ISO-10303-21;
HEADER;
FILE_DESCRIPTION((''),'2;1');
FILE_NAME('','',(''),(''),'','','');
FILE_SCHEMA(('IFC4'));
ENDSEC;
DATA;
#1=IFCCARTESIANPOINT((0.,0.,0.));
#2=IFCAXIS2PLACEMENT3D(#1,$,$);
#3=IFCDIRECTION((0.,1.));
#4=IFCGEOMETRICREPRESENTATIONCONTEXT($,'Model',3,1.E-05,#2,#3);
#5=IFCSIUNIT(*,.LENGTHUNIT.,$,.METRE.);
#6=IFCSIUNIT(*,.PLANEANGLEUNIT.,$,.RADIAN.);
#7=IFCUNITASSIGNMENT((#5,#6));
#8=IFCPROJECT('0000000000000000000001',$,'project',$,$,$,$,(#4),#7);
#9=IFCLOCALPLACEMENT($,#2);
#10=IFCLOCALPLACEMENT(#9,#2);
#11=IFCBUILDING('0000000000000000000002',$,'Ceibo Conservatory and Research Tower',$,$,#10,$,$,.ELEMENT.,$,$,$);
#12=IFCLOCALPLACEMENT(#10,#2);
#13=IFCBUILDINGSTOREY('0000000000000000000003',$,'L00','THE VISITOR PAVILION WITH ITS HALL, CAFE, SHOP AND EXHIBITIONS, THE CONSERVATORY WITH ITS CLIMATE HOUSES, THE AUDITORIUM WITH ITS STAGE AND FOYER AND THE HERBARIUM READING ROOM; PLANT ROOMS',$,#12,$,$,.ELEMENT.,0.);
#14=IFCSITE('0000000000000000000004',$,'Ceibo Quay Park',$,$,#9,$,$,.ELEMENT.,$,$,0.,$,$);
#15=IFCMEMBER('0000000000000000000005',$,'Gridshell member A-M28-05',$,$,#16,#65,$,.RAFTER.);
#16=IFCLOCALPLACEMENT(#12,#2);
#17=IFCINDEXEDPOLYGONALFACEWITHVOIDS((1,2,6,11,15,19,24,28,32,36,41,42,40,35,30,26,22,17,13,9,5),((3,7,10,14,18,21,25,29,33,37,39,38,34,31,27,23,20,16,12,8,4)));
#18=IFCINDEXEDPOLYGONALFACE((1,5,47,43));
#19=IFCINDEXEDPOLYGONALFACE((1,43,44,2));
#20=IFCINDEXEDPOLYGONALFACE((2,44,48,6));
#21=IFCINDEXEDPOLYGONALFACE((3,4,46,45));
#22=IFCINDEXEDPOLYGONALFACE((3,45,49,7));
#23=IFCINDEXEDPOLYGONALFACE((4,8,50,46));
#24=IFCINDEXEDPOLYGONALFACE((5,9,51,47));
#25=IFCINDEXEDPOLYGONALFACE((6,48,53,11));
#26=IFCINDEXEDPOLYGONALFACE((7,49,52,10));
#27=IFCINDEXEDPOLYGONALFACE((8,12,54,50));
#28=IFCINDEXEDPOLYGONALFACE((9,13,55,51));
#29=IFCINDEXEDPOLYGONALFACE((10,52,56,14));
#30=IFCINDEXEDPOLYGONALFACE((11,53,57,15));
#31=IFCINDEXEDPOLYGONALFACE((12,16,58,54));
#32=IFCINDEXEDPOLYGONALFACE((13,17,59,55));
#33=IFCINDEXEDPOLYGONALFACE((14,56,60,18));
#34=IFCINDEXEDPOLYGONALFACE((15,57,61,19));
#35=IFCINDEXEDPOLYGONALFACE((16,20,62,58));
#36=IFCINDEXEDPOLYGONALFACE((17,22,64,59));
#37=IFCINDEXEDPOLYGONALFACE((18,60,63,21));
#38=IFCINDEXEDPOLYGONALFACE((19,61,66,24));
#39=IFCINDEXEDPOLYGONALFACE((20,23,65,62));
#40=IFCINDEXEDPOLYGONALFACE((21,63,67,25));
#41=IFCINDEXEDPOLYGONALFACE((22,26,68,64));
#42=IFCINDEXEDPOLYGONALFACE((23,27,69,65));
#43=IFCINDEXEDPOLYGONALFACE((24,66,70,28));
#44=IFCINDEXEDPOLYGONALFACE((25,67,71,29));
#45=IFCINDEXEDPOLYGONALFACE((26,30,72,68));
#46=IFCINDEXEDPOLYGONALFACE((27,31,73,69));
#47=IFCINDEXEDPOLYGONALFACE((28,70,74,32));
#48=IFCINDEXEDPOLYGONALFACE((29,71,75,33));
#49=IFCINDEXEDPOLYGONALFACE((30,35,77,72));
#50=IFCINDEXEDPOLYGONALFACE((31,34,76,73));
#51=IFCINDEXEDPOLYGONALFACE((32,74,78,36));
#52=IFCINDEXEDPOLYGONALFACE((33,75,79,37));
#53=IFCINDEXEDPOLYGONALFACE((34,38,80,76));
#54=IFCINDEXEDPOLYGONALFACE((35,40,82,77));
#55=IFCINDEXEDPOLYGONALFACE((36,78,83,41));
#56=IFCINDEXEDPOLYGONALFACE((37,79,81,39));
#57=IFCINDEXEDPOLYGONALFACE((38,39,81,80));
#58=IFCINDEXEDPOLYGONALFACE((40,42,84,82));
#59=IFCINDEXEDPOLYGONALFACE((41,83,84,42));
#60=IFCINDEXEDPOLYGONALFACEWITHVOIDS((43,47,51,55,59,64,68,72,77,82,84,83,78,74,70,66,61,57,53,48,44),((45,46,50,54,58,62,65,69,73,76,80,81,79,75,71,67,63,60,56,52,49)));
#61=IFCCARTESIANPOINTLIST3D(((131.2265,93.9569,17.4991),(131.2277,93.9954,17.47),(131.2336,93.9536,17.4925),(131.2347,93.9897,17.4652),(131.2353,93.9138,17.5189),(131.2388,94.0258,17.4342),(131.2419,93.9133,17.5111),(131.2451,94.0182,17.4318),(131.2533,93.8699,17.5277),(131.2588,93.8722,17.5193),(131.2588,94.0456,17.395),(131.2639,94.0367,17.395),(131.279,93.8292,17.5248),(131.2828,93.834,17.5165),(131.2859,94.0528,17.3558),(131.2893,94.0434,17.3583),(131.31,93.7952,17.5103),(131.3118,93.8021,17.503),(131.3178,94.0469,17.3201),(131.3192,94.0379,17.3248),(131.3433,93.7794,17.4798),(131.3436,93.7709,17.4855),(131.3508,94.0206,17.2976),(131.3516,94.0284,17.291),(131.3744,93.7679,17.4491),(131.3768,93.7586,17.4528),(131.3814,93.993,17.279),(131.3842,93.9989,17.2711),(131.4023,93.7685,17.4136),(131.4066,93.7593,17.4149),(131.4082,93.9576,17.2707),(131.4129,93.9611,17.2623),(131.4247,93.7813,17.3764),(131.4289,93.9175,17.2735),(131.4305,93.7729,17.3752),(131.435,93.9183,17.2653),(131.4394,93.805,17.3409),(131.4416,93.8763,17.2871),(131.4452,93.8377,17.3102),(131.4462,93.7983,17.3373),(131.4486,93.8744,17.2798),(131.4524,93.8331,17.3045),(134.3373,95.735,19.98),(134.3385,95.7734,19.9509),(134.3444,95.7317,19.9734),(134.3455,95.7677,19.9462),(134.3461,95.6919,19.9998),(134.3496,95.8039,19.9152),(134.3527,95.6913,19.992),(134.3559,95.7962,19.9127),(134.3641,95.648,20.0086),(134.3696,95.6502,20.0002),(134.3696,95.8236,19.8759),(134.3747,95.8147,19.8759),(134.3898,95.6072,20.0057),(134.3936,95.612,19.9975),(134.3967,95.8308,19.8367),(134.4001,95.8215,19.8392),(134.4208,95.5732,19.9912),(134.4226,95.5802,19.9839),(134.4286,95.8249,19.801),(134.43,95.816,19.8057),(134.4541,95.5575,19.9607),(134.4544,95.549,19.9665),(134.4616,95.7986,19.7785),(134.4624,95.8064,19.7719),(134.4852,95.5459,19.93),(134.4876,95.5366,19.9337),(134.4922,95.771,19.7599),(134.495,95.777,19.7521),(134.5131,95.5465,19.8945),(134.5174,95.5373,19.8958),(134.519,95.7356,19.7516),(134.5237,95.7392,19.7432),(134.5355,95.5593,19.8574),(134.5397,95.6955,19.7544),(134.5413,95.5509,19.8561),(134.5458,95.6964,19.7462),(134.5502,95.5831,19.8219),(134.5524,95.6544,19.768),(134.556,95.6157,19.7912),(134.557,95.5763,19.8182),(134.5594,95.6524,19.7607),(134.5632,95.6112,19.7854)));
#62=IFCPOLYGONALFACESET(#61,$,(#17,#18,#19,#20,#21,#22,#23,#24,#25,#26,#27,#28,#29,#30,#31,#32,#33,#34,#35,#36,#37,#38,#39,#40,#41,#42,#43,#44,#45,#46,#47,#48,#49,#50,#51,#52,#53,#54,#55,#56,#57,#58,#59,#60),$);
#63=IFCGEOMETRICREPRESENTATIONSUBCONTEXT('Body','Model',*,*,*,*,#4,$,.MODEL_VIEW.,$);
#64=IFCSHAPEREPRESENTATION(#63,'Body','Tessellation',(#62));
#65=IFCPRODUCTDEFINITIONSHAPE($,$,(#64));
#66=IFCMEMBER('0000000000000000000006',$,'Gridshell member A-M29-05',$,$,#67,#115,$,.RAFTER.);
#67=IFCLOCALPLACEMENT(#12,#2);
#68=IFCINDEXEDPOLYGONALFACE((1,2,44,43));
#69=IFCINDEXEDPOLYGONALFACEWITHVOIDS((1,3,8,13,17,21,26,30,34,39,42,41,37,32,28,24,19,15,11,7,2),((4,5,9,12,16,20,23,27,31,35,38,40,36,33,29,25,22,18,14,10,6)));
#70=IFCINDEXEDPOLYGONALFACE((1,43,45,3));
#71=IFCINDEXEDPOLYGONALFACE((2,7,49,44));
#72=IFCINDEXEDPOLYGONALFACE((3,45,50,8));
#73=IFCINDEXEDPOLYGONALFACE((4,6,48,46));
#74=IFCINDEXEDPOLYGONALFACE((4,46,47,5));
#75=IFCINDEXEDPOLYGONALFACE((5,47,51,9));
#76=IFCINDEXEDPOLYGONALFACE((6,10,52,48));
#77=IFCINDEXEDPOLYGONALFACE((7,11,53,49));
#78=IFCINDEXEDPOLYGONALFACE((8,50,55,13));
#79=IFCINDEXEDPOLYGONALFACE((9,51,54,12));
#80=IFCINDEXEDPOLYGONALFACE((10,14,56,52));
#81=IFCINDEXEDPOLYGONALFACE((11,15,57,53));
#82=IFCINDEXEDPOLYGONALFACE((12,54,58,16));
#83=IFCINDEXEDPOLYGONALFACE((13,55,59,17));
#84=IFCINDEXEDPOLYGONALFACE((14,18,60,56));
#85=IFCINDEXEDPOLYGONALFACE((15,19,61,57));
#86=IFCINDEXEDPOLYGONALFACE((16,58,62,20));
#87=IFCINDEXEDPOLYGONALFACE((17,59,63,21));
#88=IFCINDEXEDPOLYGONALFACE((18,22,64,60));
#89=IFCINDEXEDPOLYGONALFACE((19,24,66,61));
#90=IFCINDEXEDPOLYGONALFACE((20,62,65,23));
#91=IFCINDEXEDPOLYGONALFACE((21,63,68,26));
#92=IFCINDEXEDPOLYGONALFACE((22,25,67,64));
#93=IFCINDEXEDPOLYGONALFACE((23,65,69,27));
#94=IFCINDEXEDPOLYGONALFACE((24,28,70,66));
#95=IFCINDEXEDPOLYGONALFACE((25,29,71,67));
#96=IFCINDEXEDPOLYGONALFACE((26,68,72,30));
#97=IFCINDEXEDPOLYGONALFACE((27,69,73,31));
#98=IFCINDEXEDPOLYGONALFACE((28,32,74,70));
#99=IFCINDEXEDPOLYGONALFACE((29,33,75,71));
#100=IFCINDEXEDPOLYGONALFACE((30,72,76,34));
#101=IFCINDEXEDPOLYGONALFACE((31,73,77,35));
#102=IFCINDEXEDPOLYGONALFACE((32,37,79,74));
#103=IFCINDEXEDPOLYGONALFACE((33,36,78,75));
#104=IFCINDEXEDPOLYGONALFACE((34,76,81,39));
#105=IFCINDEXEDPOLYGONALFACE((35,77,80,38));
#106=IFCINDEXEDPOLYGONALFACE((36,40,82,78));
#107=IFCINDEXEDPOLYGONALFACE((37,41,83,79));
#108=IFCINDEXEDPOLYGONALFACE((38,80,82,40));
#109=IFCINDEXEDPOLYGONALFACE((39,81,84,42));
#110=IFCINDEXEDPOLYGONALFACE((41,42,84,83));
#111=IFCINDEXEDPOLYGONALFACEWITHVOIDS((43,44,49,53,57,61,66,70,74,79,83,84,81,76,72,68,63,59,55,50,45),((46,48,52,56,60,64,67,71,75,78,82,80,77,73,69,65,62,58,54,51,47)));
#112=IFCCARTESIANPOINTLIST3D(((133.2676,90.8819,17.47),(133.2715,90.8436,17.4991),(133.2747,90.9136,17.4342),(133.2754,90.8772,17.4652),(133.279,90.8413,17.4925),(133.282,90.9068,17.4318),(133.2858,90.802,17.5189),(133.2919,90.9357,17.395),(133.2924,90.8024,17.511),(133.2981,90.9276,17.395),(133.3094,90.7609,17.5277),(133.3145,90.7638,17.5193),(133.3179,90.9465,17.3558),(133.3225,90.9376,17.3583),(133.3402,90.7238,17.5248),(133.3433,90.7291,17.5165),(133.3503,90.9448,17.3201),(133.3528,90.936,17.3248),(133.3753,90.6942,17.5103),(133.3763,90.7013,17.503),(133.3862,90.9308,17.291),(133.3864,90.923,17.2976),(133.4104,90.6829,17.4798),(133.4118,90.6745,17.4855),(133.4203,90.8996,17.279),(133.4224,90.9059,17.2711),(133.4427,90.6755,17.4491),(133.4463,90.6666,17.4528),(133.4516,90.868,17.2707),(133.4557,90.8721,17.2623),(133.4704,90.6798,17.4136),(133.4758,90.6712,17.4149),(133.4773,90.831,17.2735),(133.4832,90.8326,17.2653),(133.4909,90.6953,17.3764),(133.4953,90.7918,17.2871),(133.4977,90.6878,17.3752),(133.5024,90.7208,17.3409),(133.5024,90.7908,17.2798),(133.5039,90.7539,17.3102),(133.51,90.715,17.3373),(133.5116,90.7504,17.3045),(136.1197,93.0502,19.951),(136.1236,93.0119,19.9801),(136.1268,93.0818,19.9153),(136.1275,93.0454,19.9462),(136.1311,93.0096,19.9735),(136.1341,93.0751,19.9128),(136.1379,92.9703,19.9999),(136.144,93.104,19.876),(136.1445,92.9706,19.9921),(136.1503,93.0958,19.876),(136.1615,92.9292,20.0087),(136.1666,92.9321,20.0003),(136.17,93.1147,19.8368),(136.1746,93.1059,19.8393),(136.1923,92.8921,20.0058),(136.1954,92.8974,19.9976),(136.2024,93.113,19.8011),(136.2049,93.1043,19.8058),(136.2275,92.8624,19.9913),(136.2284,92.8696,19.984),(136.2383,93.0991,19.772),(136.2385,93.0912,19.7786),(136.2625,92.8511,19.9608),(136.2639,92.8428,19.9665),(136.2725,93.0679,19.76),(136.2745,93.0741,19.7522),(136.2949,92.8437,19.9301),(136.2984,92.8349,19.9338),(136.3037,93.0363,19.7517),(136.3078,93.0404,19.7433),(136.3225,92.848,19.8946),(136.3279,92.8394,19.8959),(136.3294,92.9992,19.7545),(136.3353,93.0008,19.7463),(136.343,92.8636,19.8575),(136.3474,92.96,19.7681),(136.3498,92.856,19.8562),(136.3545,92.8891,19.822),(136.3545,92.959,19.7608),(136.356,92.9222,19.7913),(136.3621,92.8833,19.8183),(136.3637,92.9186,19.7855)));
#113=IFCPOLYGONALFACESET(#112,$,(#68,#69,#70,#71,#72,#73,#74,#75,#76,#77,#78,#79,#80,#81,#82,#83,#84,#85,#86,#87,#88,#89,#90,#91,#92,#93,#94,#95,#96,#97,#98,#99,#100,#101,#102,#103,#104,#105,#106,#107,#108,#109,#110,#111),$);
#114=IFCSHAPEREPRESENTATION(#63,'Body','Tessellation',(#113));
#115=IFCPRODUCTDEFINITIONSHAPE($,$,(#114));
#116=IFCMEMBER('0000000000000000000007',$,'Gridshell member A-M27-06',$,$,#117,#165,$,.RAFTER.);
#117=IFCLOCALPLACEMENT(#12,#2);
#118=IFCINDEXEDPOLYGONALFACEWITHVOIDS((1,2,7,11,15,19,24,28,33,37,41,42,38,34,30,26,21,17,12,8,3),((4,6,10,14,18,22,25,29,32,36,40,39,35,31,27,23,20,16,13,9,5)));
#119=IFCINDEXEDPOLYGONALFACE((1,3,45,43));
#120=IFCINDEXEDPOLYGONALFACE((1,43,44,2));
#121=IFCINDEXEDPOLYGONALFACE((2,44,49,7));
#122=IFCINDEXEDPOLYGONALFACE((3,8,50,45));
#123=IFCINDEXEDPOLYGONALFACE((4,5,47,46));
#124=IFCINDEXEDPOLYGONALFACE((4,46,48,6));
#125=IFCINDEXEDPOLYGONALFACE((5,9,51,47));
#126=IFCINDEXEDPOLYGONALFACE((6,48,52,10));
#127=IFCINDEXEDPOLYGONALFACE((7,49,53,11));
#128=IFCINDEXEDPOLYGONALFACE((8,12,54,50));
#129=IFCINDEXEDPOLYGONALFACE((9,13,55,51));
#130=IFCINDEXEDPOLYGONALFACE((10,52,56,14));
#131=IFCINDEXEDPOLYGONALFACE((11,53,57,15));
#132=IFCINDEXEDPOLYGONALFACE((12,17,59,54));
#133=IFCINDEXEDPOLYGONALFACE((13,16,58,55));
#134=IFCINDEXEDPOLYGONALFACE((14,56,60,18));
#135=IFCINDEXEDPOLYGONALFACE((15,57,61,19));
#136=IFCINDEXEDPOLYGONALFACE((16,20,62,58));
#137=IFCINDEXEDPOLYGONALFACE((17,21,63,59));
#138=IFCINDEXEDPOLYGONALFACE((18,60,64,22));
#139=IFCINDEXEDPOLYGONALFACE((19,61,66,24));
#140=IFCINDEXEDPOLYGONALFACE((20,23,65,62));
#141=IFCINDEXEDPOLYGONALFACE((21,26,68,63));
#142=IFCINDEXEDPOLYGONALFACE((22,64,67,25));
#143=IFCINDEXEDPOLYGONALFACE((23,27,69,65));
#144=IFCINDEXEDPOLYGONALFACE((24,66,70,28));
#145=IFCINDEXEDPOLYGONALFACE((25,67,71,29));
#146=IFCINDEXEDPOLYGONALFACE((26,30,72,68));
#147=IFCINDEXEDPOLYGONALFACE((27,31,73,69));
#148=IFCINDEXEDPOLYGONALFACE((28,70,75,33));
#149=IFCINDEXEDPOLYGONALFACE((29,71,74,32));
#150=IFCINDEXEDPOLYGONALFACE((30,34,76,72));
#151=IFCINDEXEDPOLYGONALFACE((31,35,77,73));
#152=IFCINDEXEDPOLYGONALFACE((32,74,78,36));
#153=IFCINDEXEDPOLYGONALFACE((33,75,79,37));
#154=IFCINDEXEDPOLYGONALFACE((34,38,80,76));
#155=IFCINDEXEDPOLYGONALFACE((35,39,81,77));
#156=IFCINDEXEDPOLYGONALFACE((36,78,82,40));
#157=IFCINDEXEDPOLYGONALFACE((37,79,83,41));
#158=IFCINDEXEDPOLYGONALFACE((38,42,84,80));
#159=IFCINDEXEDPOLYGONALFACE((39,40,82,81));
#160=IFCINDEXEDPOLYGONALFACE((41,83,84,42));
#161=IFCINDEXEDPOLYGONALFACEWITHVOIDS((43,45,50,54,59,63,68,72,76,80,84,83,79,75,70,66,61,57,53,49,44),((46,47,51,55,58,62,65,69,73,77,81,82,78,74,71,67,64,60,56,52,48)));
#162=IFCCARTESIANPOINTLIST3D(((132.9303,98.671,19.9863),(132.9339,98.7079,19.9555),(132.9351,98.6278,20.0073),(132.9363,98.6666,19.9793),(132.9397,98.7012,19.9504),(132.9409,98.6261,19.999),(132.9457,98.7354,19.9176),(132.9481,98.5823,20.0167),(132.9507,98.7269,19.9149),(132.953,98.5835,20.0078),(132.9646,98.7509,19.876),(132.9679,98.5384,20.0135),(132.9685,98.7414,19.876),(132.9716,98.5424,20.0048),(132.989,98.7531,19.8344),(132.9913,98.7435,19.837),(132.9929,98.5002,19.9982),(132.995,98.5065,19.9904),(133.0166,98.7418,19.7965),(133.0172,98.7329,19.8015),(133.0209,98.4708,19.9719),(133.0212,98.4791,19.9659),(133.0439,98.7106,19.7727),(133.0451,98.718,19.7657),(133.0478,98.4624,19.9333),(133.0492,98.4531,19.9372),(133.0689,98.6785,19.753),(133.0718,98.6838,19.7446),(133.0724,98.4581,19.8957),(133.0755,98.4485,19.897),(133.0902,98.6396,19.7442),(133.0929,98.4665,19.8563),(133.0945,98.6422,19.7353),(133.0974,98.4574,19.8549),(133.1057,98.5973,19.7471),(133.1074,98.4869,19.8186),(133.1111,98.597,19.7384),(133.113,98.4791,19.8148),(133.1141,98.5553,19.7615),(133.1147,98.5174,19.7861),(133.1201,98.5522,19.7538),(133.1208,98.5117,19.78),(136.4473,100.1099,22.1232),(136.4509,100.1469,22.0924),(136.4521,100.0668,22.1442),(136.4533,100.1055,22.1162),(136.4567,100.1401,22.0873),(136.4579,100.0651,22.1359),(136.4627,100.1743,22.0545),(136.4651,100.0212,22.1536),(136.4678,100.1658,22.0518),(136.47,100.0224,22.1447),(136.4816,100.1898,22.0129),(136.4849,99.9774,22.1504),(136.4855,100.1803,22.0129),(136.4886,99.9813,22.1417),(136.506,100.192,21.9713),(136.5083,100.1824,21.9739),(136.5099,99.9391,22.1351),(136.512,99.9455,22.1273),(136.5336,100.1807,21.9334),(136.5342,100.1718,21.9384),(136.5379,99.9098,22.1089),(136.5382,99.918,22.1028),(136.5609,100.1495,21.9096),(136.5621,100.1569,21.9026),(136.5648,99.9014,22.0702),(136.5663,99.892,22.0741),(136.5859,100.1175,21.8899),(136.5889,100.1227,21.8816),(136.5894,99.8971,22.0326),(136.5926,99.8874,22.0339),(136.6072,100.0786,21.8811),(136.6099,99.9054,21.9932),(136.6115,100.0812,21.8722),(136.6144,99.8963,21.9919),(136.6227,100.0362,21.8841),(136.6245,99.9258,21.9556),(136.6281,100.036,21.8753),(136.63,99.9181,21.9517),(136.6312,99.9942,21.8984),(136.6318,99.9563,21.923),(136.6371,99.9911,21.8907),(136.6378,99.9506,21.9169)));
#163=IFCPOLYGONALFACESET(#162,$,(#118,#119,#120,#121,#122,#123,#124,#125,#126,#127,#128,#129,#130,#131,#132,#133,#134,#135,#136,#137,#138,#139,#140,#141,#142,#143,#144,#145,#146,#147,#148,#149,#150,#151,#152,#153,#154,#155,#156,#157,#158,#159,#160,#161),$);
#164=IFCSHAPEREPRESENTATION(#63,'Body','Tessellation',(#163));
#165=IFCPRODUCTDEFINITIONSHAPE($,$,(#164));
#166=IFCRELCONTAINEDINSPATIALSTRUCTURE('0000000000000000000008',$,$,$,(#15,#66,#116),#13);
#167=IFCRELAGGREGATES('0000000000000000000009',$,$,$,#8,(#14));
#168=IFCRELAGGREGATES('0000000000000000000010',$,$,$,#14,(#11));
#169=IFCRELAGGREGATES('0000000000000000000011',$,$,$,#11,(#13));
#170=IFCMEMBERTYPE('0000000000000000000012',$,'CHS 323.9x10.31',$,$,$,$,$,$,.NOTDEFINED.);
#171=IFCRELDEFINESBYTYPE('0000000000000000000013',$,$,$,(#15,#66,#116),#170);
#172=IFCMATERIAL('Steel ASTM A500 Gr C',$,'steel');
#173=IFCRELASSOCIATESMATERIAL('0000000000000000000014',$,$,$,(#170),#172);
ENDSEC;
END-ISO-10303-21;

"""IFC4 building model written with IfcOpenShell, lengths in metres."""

from ifc_helpers import new_model, si_unit, direction, frame, origin, origin_2d, place, context, subcontext, project, spatial, hollow_circle, extrude, material, material_profile, profile_set, type_object, element, save


model = new_model("IFC4")

# Units and contexts
model_context = context("Model", 3, precision=1e-05, world=origin(), true_north=direction((0.0, 1.0)))
body_context = subcontext(model_context, "Body", "Model", "MODEL_VIEW")
ifc_project = project(units=[si_unit("LENGTHUNIT", "METRE"), si_unit("PLANEANGLEUNIT", "RADIAN")], contexts=[model_context])

# Site, building, storey
site_placement = place(None, origin())
site = spatial("IfcSite", under=ifc_project, at=site_placement, Name="Ceibo Quay Park", CompositionType="ELEMENT", RefElevation=0.0)
building_placement = place(site_placement, origin())
building = spatial("IfcBuilding", under=site, at=building_placement, Name="Ceibo Conservatory and Research Tower", CompositionType="ELEMENT")
storey_placement = place(building_placement, origin())
storey = spatial("IfcBuildingStorey", under=building, at=storey_placement, Name="L00", Description="THE VISITOR PAVILION WITH ITS HALL, CAFE, SHOP AND EXHIBITIONS, THE CONSERVATORY WITH ITS CLIMATE HOUSES, THE AUDITORIUM WITH ITS STAGE AND FOYER AND THE HERBARIUM READING ROOM; PLANT ROOMS", CompositionType="ELEMENT", Elevation=0.0)

# Members
ifc_material_1 = material(Name="Steel ASTM A500 Gr C", Category="steel")
ifc_material_profile_1 = material_profile(ifc_material_1, hollow_circle(Radius=0.1619, WallThickness=0.0103, at=origin_2d()), Name="CHS 323.9x10.31")
ifc_profile_set_1 = profile_set([ifc_material_profile_1], Name="Steel ASTM A500 Gr C")
member_type_1 = type_object("IfcMemberType", Name="CHS 323.9x10.31", PredefinedType="NOTDEFINED", material=ifc_profile_set_1)
member_1_placement = place(storey_placement, frame((131.3391, 93.905, 17.395), z_axis=(0.713788, 0.407983, 0.56926), x_axis=(-0.496234, 0.868189, 0.0)))
element("IfcMember", 1, at=member_1_placement, inside=storey, type_object=member_type_1, Name="Gridshell member A-M28-05", PredefinedType="RAFTER", context=body_context, shape_type="SweptSolid", body=[
    extrude(hollow_circle(Radius=0.1619, WallThickness=0.0103, at=origin_2d()), origin(), (0.0, 0.0, 1.0), 4.3582),
])
member_2_placement = place(storey_placement, frame((133.3899, 90.8069, 17.395), z_axis=(0.654469, 0.497547, 0.569313), x_axis=(-0.605199, 0.796074, 0.0)))
element("IfcMember", 2, at=member_2_placement, inside=storey, type_object=member_type_1, Name="Gridshell member A-M29-05", PredefinedType="RAFTER", context=body_context, shape_type="SweptSolid", body=[
    extrude(hollow_circle(Radius=0.1619, WallThickness=0.0103, at=origin_2d()), origin(), (0.0, 0.0, 1.0), 4.3579),
])
member_3_placement = place(storey_placement, frame((133.0259, 98.6011, 19.876), z_axis=(0.806724, 0.330059, 0.490161), x_axis=(-0.378668, 0.925533, 0.0)))
element("IfcMember", 3, at=member_3_placement, inside=storey, type_object=member_type_1, Name="Gridshell member A-M27-06", PredefinedType="RAFTER", context=body_context, shape_type="SweptSolid", body=[
    extrude(hollow_circle(Radius=0.1619, WallThickness=0.0103, at=origin_2d()), origin(), (0.0, 0.0, 1.0), 4.3596),
])

save(model, "model.ifc")
